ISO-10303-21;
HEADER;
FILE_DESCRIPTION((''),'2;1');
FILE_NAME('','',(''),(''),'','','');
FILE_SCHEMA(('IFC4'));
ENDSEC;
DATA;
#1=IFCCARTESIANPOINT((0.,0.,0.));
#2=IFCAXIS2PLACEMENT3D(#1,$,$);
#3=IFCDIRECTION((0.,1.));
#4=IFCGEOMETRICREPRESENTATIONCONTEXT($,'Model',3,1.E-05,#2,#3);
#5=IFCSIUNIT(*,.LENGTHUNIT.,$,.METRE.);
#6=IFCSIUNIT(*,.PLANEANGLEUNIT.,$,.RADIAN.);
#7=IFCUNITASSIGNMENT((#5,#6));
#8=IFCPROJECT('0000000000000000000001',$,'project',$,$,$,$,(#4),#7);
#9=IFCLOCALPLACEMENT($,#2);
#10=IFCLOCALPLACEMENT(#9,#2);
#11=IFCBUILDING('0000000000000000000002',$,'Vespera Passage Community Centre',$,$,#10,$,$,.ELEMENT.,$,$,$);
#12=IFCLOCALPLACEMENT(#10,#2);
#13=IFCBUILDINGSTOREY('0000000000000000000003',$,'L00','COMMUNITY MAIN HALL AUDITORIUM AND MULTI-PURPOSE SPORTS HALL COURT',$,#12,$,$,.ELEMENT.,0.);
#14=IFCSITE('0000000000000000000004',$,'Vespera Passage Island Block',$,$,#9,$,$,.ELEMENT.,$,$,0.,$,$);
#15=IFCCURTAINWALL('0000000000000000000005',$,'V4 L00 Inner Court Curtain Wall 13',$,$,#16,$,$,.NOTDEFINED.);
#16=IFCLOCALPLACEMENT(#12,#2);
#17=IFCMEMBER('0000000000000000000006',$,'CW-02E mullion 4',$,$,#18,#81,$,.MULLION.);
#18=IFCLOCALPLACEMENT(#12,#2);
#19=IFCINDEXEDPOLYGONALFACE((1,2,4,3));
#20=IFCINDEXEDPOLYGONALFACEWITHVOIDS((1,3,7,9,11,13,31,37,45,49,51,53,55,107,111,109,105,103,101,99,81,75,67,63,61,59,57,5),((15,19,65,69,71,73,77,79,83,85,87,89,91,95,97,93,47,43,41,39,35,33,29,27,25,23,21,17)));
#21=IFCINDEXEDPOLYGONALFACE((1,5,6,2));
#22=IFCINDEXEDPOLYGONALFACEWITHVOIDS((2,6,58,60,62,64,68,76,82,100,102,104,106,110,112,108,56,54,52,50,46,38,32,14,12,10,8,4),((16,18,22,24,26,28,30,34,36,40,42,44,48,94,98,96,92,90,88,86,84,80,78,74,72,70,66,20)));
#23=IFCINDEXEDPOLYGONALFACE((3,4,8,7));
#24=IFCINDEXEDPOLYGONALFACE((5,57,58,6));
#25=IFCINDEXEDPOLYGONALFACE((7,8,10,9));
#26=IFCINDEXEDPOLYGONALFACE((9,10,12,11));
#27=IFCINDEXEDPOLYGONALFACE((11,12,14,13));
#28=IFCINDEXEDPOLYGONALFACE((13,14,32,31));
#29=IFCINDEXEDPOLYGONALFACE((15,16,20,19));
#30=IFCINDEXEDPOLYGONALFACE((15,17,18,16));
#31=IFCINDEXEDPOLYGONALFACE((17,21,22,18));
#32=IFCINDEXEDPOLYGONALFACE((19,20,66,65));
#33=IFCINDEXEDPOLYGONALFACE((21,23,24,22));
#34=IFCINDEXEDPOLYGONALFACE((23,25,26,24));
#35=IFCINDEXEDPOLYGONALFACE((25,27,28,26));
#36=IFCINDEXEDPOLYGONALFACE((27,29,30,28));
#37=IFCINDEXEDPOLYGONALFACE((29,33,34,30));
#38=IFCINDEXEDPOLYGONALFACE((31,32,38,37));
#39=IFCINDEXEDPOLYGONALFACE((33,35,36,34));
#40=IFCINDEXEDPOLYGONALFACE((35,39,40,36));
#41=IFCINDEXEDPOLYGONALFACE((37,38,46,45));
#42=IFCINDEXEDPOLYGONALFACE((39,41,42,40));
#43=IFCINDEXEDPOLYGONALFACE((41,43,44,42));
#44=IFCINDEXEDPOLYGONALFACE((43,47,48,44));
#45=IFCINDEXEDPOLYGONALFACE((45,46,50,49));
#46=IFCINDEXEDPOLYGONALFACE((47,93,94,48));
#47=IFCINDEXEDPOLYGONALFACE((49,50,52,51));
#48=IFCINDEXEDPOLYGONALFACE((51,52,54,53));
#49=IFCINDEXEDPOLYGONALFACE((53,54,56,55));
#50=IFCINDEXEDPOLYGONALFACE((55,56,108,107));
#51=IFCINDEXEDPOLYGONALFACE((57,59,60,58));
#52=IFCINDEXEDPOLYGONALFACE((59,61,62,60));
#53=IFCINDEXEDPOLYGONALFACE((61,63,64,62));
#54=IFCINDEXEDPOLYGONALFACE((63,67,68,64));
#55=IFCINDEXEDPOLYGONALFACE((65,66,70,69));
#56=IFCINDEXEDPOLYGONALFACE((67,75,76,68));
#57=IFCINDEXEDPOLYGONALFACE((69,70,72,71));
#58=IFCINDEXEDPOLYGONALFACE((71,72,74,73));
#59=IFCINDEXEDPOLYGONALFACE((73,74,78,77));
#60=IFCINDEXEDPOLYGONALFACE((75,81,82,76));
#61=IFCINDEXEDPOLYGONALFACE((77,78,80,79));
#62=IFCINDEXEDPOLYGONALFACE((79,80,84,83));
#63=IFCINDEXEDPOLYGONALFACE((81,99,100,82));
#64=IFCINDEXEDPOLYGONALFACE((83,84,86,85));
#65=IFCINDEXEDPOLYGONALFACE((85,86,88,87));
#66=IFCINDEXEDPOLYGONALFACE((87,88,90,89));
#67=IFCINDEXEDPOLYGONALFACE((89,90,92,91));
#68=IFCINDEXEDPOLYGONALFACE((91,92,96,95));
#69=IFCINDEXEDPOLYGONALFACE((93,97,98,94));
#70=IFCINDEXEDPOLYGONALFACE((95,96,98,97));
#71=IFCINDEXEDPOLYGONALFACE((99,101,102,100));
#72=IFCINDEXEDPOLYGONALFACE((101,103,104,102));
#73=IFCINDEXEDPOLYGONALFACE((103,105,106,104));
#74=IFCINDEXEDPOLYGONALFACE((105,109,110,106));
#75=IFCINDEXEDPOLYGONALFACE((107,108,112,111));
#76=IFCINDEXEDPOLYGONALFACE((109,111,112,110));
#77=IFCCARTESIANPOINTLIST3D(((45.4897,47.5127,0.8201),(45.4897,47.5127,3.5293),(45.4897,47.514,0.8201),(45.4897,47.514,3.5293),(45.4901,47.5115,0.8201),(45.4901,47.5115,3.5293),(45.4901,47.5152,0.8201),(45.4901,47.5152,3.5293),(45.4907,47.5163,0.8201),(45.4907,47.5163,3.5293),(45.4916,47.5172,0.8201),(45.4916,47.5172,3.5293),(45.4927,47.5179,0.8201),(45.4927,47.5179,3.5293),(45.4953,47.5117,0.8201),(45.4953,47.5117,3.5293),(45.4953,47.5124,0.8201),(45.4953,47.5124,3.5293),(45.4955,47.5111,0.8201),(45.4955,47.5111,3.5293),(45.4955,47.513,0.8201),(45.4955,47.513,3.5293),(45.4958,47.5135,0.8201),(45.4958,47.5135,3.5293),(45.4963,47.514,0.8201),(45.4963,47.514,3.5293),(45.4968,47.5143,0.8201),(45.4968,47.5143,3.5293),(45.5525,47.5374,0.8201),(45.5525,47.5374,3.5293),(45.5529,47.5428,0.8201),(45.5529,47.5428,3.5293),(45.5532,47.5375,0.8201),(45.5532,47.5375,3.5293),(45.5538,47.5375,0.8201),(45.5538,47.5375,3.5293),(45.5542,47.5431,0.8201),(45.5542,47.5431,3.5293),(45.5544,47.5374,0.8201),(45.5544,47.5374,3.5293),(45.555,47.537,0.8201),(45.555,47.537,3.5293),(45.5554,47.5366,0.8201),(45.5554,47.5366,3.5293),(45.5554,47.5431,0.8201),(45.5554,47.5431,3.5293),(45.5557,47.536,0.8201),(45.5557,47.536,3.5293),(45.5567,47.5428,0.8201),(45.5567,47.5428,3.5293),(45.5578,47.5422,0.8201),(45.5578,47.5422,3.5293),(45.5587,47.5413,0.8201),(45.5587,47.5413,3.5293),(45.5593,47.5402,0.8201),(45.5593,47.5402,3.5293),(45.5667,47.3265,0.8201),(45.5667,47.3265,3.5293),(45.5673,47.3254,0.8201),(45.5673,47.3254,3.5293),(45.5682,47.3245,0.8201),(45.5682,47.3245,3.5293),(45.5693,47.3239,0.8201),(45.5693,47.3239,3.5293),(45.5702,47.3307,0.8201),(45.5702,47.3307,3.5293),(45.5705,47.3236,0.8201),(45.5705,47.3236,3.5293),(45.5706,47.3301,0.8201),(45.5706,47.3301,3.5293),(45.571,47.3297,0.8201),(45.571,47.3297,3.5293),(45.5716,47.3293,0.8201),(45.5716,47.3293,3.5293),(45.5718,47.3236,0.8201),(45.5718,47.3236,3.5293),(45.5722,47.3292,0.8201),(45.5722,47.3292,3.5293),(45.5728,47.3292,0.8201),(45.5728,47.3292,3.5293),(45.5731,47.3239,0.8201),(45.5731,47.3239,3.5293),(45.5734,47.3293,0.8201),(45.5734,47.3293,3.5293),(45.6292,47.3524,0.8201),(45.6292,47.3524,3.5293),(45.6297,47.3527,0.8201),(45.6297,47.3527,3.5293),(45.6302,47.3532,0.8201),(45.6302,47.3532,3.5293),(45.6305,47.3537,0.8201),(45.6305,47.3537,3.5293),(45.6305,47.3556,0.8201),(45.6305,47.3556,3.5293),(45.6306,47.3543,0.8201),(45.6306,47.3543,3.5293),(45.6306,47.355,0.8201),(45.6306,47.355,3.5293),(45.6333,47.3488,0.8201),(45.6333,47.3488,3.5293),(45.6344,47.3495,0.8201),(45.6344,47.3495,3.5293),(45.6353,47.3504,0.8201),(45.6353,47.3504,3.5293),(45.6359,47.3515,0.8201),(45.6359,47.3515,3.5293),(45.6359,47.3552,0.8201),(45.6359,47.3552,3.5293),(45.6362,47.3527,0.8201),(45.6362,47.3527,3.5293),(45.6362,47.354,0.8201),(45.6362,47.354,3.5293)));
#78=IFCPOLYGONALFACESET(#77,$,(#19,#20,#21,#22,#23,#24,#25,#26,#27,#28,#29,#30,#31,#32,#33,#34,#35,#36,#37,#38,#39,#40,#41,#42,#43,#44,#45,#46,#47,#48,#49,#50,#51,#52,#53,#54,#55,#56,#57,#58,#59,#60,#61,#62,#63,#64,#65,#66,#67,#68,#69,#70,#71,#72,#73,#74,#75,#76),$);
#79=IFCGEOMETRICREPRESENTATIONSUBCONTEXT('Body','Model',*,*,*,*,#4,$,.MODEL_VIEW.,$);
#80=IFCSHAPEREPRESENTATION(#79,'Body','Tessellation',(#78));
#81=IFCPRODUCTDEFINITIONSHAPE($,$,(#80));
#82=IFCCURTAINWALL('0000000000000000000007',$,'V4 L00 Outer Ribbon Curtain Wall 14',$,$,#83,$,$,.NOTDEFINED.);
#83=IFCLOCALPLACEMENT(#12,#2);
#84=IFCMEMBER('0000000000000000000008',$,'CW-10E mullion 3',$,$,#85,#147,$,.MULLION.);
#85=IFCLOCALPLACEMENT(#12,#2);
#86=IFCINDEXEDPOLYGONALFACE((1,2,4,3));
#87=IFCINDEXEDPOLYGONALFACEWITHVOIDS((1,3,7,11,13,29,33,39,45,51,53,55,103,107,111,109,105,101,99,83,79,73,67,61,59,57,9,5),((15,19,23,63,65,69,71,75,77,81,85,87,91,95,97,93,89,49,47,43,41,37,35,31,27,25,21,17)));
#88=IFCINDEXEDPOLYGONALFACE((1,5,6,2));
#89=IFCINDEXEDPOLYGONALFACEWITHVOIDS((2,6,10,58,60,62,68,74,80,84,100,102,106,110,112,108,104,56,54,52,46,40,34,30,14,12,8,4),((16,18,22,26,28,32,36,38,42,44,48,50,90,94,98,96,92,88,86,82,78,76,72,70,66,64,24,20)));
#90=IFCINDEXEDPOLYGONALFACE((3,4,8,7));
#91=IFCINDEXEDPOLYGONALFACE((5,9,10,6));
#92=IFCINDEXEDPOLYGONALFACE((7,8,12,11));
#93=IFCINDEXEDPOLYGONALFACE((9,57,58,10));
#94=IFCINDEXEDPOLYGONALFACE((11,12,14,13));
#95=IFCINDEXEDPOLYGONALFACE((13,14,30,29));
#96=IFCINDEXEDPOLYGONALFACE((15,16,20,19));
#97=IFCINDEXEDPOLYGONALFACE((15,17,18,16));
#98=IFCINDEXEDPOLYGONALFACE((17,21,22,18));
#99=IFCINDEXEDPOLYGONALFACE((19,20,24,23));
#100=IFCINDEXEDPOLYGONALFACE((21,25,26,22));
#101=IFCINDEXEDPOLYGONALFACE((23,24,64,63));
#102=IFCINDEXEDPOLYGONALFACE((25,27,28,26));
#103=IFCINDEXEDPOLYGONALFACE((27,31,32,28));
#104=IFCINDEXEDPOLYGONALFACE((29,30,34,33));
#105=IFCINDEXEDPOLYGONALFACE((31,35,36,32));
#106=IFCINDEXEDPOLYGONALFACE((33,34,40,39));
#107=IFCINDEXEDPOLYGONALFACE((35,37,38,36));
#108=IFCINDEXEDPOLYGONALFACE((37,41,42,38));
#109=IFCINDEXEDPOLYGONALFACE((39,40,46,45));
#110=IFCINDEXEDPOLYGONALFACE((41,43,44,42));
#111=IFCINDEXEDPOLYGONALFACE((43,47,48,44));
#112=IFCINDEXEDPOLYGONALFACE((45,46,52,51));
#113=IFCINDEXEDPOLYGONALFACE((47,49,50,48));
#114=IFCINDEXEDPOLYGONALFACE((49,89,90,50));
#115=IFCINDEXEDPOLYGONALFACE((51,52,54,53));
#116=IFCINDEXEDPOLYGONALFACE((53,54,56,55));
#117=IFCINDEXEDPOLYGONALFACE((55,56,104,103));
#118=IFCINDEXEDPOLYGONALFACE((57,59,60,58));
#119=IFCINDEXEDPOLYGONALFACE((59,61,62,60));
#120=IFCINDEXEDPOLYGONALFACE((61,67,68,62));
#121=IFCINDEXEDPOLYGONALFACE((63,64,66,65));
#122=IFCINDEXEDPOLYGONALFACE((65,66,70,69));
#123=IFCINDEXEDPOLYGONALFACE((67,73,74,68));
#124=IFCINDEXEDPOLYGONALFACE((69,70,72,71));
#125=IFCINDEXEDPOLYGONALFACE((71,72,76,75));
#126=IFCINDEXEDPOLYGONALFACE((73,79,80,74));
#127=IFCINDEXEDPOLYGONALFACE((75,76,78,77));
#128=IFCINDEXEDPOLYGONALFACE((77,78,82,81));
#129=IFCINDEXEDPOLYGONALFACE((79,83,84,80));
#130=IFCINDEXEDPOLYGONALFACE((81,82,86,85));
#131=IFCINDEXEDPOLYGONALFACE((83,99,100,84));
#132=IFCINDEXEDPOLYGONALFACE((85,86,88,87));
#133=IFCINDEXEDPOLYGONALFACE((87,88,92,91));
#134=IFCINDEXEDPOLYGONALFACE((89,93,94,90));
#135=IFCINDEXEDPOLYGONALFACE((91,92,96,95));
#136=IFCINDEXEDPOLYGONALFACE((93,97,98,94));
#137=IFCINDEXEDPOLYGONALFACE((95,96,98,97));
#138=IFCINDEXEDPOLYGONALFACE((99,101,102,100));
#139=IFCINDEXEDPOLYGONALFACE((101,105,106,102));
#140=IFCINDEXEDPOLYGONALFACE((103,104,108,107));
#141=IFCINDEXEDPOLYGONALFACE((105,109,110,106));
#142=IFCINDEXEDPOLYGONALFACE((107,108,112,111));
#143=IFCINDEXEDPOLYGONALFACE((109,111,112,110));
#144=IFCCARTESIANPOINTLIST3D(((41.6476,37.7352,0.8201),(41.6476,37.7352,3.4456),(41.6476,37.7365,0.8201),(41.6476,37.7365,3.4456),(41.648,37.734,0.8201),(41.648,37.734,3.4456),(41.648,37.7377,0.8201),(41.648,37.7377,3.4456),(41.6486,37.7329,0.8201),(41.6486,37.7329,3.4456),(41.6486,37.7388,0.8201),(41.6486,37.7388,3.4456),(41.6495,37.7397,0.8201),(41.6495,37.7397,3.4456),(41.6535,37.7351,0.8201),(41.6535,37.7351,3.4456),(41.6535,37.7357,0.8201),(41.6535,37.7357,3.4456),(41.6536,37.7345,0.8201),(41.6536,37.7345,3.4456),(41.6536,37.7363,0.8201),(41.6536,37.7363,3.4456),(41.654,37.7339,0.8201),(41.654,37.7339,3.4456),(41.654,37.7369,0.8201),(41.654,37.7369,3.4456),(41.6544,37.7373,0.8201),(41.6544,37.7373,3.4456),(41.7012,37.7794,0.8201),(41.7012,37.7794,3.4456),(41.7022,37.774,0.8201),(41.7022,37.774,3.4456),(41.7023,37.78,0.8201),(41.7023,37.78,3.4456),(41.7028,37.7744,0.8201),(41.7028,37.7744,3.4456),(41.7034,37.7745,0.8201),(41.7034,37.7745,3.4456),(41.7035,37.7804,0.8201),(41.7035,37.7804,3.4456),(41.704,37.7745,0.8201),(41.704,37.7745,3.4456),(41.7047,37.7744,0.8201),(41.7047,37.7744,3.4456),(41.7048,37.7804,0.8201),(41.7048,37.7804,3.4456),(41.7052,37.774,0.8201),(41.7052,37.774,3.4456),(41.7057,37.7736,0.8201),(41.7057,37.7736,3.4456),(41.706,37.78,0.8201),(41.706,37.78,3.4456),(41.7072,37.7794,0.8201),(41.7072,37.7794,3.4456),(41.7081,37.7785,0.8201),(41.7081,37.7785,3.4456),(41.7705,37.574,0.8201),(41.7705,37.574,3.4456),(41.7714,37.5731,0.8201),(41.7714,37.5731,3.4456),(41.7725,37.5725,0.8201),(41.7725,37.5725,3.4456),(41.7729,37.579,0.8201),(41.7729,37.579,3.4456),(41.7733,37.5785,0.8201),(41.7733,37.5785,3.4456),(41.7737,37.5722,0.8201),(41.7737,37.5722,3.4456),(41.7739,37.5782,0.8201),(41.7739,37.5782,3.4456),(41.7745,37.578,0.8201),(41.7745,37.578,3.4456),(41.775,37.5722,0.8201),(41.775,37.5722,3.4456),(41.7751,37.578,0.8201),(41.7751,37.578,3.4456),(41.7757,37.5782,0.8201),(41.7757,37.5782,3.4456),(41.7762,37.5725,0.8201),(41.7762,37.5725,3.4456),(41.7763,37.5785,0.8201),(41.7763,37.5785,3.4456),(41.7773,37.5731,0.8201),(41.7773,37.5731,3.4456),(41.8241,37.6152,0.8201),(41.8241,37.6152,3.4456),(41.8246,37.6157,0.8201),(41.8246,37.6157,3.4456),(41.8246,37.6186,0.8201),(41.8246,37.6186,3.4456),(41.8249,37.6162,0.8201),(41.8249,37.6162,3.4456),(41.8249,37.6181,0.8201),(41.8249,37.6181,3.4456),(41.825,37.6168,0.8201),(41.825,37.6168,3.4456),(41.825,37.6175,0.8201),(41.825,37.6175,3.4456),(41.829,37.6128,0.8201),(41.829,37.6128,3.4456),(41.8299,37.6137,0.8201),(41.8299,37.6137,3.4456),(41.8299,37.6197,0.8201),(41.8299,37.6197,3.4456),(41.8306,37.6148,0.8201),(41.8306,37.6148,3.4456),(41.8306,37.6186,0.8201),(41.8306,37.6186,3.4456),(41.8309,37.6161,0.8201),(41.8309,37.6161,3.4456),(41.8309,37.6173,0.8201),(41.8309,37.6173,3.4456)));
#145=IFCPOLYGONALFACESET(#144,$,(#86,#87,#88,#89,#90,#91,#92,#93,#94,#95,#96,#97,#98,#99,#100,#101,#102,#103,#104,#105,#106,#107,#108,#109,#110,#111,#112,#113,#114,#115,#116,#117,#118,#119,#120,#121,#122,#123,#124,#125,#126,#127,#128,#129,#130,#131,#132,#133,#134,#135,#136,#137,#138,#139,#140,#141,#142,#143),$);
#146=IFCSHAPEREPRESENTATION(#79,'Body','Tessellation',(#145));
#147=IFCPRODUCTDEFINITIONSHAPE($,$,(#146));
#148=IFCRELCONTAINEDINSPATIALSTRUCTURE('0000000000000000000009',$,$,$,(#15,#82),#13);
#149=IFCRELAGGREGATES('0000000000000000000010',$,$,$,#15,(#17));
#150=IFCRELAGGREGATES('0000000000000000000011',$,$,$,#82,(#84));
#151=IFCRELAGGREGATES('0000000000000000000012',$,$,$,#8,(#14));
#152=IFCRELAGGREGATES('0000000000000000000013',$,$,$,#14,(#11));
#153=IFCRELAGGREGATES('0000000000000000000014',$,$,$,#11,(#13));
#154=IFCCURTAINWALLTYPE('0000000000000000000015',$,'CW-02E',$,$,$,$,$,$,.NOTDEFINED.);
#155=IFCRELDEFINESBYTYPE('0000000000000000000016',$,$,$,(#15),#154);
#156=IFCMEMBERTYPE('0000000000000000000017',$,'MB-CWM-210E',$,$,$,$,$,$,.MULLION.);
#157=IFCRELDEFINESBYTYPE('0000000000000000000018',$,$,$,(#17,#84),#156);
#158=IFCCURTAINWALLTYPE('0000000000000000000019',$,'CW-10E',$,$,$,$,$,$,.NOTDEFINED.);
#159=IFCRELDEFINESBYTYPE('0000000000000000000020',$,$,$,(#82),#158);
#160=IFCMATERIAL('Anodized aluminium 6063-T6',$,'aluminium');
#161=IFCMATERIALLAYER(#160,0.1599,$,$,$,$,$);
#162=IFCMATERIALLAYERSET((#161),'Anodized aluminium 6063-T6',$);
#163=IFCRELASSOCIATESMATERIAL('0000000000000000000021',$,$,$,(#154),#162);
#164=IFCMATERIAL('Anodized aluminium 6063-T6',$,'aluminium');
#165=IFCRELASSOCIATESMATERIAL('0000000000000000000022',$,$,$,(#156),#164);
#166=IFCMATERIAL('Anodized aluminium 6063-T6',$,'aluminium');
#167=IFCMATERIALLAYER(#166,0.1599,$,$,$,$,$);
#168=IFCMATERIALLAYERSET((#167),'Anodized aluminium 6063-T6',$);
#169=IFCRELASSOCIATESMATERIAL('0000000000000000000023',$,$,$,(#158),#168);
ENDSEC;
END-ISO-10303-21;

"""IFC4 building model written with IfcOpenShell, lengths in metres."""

from ifc_helpers import new_model, si_unit, direction, frame, origin, origin_2d, place, context, subcontext, project, spatial, hollow_rectangle, extrude, material, layer, layer_set, material_profile, profile_set, type_object, element, aggregate, save


model = new_model("IFC4")

# Units and contexts
model_context = context("Model", 3, precision=1e-05, world=origin(), true_north=direction((0.0, 1.0)))
body_context = subcontext(model_context, "Body", "Model", "MODEL_VIEW")
ifc_project = project(units=[si_unit("LENGTHUNIT", "METRE"), si_unit("PLANEANGLEUNIT", "RADIAN")], contexts=[model_context])

# Site, building, storey
site_placement = place(None, origin())
site = spatial("IfcSite", under=ifc_project, at=site_placement, Name="Vespera Passage Island Block", CompositionType="ELEMENT", RefElevation=0.0)
building_placement = place(site_placement, origin())
building = spatial("IfcBuilding", under=site, at=building_placement, Name="Vespera Passage Community Centre", CompositionType="ELEMENT")
storey_placement = place(building_placement, origin())
storey = spatial("IfcBuildingStorey", under=building, at=storey_placement, Name="L00", Description="COMMUNITY MAIN HALL AUDITORIUM AND MULTI-PURPOSE SPORTS HALL COURT", CompositionType="ELEMENT", Elevation=0.0)

# Curtain walls, members
ifc_material_1 = material(Name="Anodized aluminium 6063-T6", Category="aluminium")
ifc_layer_1 = layer(ifc_material_1, 0.1599)
ifc_layer_set_1 = layer_set([ifc_layer_1], Name="Anodized aluminium 6063-T6")
curtain_wall_type_1 = type_object("IfcCurtainWallType", Name="CW-02E", PredefinedType="NOTDEFINED", material=ifc_layer_set_1)
curtain_wall_1_placement = place(storey_placement, origin())
curtain_wall_1 = element("IfcCurtainWall", 1, at=curtain_wall_1_placement, inside=storey, type_object=curtain_wall_type_1, Name="V4 L00 Inner Court Curtain Wall 13", PredefinedType="NOTDEFINED")
ifc_material_2 = material(Name="Anodized aluminium 6063-T6", Category="aluminium")
ifc_material_profile_1 = material_profile(ifc_material_2, hollow_rectangle(XDim=0.075, YDim=0.21, WallThickness=0.0049, InnerFilletRadius=0.0024, OuterFilletRadius=0.0049, at=origin_2d()), Name="ALU210X75X5")
ifc_profile_set_1 = profile_set([ifc_material_profile_1], Name="Anodized aluminium 6063-T6")
member_type_1 = type_object("IfcMemberType", Name="MB-CWM-210E", PredefinedType="MULLION", material=ifc_profile_set_1)
member_1_placement = place(storey_placement, frame((45.563, 47.4333, 0.8201), z_axis=(0.0, 0.0, 1.0), x_axis=(0.923877, 0.38269, 0.0)))
member_1 = element("IfcMember", 2, at=member_1_placement, type_object=member_type_1, Name="CW-02E mullion 4", PredefinedType="MULLION", context=body_context, shape_type="SweptSolid", body=[
    extrude(hollow_rectangle(XDim=0.075, YDim=0.21, WallThickness=0.0049, InnerFilletRadius=0.0024, OuterFilletRadius=0.0049, at=origin_2d()), origin(), (0.0, 0.0, 1.0), 2.7092),
])
ifc_material_3 = material(Name="Anodized aluminium 6063-T6", Category="aluminium")
ifc_layer_2 = layer(ifc_material_3, 0.1599)
ifc_layer_set_2 = layer_set([ifc_layer_2], Name="Anodized aluminium 6063-T6")
curtain_wall_type_2 = type_object("IfcCurtainWallType", Name="CW-10E", PredefinedType="NOTDEFINED", material=ifc_layer_set_2)
curtain_wall_2_placement = place(storey_placement, origin())
curtain_wall_2 = element("IfcCurtainWall", 3, at=curtain_wall_2_placement, inside=storey, type_object=curtain_wall_type_2, Name="V4 L00 Outer Ribbon Curtain Wall 14", PredefinedType="NOTDEFINED")
member_2_placement = place(storey_placement, frame((41.7393, 37.6763, 0.8201), z_axis=(0.0, 0.0, 1.0), x_axis=(-0.79335, -0.608765, 0.0)))
member_2 = element("IfcMember", 4, at=member_2_placement, type_object=member_type_1, Name="CW-10E mullion 3", PredefinedType="MULLION", context=body_context, shape_type="SweptSolid", body=[
    extrude(hollow_rectangle(XDim=0.075, YDim=0.21, WallThickness=0.0049, InnerFilletRadius=0.0024, OuterFilletRadius=0.0049, at=origin_2d()), origin(), (0.0, 0.0, 1.0), 2.6255),
])

aggregate(curtain_wall_1, [member_1])
aggregate(curtain_wall_2, [member_2])

save(model, "model.ifc")
